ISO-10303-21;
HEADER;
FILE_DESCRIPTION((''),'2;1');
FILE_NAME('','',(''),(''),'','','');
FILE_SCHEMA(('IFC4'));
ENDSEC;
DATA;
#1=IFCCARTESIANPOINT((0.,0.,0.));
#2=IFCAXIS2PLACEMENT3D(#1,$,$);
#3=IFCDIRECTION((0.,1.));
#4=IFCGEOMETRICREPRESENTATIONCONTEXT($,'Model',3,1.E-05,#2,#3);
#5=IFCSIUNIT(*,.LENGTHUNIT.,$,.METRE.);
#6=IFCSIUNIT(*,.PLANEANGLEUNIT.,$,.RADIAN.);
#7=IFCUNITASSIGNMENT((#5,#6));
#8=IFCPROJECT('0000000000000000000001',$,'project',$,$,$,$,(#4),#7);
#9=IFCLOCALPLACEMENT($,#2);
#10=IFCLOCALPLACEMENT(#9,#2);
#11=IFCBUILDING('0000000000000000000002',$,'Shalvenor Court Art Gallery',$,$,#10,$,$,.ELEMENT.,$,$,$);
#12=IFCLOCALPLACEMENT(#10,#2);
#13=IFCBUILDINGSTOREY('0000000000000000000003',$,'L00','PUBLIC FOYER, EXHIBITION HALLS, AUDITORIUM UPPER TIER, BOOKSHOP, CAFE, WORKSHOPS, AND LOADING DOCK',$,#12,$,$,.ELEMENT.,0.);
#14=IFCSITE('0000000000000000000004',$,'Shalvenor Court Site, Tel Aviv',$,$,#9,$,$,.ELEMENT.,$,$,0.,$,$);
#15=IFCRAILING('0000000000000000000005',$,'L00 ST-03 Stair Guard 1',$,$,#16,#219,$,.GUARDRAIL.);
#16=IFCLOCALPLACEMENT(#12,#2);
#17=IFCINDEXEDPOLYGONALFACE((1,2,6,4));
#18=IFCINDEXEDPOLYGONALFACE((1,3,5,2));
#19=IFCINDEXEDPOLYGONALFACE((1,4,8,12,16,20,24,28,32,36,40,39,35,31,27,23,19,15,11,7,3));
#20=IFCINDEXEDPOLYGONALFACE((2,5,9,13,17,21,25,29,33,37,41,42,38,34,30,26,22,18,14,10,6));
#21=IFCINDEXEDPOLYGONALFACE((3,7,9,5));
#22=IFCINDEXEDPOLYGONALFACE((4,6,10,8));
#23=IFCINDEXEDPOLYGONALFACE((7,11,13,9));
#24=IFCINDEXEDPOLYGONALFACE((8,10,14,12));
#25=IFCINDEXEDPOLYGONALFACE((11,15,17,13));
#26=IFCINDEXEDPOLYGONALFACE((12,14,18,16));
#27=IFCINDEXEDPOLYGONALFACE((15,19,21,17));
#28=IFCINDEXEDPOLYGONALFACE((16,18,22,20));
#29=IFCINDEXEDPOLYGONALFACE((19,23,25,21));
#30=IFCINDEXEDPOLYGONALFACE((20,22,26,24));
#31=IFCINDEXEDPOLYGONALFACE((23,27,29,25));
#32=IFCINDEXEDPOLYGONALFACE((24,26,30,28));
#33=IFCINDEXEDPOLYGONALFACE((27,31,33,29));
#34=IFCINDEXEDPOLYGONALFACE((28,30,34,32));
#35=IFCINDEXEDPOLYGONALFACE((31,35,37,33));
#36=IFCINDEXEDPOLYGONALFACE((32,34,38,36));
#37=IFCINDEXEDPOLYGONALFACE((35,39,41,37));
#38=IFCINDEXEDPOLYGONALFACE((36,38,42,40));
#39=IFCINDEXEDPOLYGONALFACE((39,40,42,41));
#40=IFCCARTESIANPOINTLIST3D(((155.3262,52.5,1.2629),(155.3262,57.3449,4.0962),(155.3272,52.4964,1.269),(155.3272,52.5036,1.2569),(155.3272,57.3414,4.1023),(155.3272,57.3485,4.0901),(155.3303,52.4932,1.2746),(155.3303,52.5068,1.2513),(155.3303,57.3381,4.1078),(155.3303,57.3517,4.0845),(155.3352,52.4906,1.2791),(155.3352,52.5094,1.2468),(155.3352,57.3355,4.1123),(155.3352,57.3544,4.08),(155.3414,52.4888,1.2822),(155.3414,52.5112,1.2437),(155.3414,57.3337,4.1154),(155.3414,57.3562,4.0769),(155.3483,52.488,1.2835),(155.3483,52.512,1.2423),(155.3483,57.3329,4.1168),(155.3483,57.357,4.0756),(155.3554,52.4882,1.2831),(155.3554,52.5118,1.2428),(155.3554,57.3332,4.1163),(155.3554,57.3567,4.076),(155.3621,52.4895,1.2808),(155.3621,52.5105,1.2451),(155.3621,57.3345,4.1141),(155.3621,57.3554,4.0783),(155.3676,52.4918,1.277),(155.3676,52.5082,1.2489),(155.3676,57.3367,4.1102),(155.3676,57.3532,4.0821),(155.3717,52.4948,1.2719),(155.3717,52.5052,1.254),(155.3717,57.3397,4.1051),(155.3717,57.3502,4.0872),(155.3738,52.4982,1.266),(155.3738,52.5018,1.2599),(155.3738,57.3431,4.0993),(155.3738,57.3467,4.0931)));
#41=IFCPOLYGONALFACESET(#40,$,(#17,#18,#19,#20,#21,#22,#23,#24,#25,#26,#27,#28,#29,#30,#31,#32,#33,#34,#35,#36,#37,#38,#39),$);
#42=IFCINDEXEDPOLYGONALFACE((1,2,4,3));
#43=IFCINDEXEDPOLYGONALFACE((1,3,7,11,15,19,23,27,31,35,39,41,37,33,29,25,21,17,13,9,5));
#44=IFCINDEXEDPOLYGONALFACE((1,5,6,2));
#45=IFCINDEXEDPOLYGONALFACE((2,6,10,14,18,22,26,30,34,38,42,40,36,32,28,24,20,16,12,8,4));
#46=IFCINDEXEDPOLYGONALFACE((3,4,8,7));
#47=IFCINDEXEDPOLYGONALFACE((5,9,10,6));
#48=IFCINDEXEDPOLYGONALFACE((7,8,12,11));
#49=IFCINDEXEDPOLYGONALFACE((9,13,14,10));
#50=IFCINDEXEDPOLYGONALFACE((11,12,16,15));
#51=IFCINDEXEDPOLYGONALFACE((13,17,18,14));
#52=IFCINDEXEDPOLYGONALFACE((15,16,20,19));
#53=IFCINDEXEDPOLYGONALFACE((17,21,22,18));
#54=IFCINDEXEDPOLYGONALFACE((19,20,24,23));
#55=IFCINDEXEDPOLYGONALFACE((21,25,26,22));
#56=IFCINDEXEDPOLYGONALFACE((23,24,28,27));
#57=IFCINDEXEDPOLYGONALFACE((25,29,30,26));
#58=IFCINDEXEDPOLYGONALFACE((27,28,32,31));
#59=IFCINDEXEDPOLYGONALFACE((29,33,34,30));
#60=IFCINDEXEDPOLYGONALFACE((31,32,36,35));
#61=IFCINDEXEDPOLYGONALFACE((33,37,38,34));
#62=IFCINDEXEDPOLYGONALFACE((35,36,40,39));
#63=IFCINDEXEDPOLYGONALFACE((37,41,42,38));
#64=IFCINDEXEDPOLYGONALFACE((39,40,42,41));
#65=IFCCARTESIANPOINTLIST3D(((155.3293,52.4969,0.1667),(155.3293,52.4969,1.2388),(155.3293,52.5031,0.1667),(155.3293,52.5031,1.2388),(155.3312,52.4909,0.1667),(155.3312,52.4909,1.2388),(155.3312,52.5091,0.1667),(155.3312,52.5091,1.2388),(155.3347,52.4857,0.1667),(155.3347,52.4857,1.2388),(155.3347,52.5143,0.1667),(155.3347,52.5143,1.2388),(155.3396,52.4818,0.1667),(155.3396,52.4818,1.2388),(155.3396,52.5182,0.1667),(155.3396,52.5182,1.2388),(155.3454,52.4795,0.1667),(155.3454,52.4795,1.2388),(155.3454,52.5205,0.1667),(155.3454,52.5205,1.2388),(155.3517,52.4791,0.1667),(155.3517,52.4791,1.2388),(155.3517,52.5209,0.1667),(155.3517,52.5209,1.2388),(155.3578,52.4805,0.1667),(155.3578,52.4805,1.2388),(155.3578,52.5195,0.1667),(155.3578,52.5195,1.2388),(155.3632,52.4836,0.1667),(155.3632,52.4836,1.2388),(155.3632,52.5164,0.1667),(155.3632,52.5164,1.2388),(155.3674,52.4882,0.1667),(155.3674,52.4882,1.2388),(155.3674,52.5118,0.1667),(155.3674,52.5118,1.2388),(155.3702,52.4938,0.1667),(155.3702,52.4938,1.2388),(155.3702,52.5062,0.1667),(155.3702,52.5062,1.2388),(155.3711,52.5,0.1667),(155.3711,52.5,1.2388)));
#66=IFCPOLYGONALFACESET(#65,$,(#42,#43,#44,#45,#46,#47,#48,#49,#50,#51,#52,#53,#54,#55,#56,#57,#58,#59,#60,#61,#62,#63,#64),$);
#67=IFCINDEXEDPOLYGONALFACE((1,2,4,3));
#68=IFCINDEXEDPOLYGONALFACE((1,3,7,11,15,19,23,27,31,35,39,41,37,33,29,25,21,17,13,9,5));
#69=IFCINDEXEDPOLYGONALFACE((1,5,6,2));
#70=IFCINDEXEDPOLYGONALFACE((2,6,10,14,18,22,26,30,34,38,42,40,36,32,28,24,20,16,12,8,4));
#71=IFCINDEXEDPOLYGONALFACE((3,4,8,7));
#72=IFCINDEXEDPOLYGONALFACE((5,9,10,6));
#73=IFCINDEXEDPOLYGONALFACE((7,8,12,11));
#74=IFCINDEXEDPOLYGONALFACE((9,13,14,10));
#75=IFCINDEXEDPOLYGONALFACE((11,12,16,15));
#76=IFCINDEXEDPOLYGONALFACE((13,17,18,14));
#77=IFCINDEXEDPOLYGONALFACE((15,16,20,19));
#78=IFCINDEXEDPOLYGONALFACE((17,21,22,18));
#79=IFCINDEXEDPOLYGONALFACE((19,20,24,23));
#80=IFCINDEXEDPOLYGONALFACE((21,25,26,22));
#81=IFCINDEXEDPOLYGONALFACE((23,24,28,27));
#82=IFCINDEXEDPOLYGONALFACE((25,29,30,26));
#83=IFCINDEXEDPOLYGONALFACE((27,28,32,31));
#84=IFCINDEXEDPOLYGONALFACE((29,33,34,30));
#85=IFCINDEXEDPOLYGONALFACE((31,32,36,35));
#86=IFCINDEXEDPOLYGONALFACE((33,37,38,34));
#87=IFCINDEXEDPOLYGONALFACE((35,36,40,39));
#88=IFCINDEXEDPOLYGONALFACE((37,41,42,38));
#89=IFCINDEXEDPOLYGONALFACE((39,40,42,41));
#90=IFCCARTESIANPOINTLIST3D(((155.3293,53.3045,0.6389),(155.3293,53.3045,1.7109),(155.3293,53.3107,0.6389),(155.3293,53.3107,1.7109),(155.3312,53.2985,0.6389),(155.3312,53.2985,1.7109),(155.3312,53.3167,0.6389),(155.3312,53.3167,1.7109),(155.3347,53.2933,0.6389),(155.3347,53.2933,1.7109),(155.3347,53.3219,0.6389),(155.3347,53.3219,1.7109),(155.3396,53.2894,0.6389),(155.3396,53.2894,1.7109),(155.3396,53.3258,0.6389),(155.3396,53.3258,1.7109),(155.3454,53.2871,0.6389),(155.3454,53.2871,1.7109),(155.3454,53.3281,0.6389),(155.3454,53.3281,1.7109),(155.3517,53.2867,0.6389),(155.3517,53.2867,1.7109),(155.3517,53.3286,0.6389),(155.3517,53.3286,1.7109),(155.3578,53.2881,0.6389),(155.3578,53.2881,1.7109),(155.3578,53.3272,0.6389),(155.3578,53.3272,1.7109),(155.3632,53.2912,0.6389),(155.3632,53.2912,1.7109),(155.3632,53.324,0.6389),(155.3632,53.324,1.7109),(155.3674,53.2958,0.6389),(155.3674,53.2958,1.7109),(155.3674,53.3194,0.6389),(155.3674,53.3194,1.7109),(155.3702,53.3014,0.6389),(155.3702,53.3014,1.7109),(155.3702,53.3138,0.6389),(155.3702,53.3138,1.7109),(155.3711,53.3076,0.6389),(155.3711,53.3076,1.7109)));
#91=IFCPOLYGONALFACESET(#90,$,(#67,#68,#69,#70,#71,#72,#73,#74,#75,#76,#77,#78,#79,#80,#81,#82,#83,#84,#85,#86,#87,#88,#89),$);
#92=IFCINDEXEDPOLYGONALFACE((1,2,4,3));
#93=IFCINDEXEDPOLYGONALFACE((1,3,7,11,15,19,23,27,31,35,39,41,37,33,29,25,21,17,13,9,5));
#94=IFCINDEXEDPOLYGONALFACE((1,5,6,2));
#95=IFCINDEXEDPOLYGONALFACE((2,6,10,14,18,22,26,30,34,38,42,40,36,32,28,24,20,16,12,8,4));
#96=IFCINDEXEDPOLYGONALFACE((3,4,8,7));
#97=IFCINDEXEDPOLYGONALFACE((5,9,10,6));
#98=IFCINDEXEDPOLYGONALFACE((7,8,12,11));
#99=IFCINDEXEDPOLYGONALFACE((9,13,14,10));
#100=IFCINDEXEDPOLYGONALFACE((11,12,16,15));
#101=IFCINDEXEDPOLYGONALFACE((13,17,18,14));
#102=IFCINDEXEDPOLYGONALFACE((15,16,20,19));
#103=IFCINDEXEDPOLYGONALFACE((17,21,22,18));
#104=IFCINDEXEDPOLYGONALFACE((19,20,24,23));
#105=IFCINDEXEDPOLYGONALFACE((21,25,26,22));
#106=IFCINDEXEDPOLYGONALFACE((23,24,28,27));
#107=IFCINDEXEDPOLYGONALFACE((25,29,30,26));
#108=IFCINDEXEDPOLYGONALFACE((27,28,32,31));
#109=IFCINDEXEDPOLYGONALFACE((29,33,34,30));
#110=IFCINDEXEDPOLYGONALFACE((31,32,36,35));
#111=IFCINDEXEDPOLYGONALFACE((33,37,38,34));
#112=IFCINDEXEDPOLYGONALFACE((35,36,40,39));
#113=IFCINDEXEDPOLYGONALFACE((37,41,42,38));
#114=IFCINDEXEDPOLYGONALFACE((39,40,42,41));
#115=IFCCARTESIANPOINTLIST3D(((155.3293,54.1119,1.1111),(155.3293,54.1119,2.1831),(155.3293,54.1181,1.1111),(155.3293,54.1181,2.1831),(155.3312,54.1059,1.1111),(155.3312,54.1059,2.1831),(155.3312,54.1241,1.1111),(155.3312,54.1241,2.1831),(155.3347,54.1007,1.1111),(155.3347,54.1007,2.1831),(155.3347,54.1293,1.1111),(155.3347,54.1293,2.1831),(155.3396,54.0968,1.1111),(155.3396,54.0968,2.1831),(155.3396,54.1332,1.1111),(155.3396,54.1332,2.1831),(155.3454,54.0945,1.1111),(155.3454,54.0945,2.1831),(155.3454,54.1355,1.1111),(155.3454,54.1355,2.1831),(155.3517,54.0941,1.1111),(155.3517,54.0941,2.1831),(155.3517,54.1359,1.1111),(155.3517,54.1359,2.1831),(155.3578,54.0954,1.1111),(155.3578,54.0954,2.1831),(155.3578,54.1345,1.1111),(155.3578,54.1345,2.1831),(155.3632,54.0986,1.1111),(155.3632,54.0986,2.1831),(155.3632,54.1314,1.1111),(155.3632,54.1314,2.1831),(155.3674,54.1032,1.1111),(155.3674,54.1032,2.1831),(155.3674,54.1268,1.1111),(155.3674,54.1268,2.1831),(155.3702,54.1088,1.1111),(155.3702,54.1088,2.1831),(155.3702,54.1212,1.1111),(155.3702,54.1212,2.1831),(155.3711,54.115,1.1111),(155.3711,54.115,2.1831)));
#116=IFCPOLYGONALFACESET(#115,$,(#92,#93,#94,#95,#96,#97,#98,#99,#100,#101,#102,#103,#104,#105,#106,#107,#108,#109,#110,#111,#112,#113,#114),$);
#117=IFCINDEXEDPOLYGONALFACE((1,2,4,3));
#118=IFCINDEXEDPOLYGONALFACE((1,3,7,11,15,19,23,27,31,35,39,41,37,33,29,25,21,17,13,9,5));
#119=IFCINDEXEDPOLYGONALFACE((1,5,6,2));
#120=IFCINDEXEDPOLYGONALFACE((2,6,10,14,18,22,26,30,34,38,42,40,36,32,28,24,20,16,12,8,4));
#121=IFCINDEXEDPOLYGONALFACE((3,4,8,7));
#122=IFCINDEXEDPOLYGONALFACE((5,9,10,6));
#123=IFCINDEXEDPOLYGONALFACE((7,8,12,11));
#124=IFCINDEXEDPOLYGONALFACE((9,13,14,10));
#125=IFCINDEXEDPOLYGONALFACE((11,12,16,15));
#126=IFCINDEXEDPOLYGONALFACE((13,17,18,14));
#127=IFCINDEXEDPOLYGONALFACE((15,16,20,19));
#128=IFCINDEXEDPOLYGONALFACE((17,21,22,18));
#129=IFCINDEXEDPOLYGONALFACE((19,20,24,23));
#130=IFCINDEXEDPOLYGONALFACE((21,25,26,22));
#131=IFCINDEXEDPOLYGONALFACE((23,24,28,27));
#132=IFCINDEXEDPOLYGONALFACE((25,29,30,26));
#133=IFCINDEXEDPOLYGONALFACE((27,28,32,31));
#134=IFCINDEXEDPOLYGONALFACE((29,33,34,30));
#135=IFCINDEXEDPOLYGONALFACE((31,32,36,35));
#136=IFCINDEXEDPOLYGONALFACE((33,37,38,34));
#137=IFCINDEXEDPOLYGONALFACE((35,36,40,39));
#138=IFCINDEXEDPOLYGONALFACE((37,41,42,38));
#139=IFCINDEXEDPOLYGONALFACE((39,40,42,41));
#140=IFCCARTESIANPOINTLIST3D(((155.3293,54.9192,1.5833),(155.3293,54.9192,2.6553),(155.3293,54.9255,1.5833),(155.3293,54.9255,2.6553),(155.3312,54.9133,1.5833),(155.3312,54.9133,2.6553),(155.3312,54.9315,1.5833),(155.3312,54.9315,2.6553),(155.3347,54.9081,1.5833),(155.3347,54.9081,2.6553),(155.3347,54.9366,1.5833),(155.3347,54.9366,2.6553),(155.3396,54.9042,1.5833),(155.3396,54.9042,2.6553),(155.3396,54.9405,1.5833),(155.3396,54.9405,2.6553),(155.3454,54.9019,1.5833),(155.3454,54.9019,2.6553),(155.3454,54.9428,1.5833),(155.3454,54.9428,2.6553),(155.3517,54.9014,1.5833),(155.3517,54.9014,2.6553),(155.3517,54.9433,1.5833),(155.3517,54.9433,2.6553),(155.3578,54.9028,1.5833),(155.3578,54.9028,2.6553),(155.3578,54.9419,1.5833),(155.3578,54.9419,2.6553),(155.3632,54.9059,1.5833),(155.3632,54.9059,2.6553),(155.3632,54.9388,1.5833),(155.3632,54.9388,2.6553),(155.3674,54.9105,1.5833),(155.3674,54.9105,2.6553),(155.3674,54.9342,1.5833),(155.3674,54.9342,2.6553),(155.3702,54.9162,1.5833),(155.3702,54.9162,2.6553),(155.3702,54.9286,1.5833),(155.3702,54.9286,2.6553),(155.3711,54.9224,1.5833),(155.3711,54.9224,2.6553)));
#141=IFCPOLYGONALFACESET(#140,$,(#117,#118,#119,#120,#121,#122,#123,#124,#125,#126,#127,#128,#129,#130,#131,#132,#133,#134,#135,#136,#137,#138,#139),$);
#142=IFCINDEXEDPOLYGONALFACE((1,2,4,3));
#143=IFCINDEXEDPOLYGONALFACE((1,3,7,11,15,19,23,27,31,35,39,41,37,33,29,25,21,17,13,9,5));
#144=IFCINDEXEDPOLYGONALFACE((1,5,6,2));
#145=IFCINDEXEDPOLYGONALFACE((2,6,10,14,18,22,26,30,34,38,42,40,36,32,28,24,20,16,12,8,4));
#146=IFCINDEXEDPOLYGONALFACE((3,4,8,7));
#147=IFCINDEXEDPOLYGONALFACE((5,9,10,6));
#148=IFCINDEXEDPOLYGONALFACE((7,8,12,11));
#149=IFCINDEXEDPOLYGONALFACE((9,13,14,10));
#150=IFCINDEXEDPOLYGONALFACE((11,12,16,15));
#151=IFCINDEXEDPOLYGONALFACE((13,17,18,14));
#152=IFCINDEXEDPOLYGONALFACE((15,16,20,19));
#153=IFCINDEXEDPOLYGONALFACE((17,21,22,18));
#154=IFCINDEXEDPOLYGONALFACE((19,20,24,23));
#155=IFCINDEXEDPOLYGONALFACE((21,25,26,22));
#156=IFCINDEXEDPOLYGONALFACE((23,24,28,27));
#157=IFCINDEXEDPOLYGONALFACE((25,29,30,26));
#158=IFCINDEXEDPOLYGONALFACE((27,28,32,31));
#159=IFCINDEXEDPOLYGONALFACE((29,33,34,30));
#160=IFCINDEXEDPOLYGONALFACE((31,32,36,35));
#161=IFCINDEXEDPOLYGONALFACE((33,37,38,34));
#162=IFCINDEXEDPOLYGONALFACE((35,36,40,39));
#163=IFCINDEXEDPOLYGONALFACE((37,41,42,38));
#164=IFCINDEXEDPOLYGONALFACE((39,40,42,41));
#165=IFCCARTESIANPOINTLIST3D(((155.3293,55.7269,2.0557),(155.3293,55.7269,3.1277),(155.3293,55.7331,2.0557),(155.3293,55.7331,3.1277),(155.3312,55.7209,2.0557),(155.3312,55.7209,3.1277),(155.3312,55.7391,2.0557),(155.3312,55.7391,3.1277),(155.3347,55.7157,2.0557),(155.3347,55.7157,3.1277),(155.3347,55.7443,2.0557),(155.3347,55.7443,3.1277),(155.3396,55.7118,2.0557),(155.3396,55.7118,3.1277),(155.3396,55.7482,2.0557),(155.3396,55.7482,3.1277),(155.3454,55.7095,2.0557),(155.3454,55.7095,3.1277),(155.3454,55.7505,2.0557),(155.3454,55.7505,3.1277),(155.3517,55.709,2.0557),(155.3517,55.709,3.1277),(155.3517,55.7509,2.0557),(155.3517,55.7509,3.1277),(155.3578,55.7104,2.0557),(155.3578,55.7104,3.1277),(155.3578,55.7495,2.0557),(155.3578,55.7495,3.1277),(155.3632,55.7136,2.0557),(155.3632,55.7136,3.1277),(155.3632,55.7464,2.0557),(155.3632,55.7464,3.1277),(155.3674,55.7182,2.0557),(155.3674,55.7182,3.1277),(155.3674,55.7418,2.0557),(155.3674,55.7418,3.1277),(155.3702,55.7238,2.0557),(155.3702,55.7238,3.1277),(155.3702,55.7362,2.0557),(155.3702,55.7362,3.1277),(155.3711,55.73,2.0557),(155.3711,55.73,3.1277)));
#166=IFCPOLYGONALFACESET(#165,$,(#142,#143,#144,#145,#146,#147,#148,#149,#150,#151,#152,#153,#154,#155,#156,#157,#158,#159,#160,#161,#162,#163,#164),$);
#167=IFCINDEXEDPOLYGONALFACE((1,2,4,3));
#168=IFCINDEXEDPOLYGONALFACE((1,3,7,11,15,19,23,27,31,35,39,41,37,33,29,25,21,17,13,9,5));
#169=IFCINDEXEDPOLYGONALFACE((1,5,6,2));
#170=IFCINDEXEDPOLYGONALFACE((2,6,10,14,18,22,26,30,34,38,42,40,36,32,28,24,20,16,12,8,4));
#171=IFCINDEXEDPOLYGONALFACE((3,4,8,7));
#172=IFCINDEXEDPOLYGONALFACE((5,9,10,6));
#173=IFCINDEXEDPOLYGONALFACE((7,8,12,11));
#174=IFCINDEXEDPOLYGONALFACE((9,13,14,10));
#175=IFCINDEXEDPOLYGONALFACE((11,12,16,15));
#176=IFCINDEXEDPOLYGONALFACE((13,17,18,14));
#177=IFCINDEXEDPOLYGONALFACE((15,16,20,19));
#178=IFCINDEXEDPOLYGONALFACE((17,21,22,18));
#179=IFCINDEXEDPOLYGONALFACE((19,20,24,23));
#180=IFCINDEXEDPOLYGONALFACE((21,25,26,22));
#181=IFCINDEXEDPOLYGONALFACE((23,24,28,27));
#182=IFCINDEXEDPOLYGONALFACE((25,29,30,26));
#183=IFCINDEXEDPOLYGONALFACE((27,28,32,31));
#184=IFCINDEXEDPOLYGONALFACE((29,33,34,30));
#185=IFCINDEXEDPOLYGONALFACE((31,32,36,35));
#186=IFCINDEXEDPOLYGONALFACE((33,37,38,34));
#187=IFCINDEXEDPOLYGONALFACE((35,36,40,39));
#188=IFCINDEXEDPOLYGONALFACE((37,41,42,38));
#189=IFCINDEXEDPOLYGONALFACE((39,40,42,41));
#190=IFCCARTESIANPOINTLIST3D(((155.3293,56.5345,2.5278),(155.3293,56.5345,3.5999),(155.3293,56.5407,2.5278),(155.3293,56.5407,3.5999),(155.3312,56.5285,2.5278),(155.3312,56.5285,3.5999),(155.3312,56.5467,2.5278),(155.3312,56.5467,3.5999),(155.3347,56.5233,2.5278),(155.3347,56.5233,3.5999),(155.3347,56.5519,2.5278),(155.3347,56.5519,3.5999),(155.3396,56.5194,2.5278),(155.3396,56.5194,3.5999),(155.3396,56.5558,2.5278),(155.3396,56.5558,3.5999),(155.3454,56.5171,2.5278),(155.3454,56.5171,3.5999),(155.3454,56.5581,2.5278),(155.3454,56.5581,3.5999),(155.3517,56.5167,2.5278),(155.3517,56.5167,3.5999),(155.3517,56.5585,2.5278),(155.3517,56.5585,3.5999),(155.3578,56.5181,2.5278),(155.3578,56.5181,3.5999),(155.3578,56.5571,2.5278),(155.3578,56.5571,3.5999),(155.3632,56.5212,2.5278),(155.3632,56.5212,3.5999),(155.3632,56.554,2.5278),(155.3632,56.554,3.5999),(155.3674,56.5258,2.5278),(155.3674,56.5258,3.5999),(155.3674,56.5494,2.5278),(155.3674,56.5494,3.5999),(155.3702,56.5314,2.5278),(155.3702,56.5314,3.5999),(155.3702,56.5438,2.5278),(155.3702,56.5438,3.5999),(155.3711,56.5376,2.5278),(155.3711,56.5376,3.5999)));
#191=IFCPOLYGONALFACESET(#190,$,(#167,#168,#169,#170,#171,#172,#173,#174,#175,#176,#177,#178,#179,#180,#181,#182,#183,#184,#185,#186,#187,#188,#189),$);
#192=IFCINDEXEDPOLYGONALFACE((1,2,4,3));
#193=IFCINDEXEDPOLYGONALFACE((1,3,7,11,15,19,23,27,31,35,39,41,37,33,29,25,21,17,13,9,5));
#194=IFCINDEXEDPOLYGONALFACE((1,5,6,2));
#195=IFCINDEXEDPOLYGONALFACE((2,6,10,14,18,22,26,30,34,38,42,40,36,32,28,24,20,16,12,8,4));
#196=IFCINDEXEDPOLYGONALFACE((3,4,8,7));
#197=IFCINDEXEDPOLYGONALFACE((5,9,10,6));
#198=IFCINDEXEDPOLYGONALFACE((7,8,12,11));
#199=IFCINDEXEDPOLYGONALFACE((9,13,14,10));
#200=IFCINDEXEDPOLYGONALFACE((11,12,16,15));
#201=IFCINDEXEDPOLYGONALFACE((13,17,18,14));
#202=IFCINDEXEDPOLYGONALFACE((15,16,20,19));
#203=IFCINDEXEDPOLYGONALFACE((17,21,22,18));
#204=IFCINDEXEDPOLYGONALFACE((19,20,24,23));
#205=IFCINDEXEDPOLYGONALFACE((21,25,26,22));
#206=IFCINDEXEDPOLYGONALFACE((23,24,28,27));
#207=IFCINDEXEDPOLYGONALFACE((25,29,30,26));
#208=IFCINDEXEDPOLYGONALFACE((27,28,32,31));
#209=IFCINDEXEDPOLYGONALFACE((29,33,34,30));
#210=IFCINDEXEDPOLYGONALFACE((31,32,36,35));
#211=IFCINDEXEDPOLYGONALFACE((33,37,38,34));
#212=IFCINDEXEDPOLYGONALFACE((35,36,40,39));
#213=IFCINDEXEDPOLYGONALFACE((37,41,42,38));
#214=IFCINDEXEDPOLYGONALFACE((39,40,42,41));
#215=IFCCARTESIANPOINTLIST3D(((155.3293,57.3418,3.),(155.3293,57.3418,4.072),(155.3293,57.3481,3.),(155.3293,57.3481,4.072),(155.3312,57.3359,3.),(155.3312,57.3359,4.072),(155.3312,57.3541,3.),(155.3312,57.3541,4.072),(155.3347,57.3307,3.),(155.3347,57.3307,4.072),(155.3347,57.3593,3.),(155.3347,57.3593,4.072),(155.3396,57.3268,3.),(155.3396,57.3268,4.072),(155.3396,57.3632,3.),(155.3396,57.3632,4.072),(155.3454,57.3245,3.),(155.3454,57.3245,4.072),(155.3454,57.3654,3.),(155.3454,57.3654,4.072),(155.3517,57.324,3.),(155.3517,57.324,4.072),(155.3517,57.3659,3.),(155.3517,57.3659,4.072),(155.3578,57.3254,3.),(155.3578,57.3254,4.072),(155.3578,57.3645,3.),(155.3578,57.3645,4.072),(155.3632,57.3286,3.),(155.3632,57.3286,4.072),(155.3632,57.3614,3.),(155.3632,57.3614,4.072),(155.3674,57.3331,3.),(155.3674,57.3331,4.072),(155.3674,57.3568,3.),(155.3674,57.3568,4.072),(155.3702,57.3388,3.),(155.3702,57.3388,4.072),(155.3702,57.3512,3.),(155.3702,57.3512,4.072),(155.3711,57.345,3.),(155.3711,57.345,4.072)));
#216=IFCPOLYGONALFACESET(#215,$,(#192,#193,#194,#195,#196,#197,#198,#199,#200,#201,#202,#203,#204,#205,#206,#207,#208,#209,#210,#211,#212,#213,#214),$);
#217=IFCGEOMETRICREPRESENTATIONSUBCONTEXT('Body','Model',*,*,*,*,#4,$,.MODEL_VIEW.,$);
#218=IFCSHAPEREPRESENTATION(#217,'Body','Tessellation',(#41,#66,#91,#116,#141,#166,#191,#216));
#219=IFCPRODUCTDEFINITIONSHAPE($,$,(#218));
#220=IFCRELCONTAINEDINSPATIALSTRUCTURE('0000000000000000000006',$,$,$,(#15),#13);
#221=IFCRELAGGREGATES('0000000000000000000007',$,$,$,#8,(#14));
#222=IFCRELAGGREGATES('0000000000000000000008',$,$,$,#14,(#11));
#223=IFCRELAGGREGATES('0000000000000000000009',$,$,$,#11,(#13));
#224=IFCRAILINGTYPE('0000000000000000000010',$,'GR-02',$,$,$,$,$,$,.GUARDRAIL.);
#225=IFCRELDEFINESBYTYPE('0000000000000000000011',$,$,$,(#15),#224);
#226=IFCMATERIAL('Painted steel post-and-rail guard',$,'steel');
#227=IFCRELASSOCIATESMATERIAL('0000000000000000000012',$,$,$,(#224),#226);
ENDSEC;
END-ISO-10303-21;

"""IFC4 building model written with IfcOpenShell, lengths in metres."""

from ifc_helpers import new_model, si_unit, direction, frame, origin, origin_2d, place, context, subcontext, project, spatial, circle, extrude, material, type_object, element, save


model = new_model("IFC4")

# Units and contexts
model_context = context("Model", 3, precision=1e-05, world=origin(), true_north=direction((0.0, 1.0)))
body_context = subcontext(model_context, "Body", "Model", "MODEL_VIEW")
ifc_project = project(units=[si_unit("LENGTHUNIT", "METRE"), si_unit("PLANEANGLEUNIT", "RADIAN")], contexts=[model_context])

# Site, building, storey
site_placement = place(None, origin())
site = spatial("IfcSite", under=ifc_project, at=site_placement, Name="Shalvenor Court Site, Tel Aviv", CompositionType="ELEMENT", RefElevation=0.0)
building_placement = place(site_placement, origin())
building = spatial("IfcBuilding", under=site, at=building_placement, Name="Shalvenor Court Art Gallery", CompositionType="ELEMENT")
storey_placement = place(building_placement, origin())
storey = spatial("IfcBuildingStorey", under=building, at=storey_placement, Name="L00", Description="PUBLIC FOYER, EXHIBITION HALLS, AUDITORIUM UPPER TIER, BOOKSHOP, CAFE, WORKSHOPS, AND LOADING DOCK", CompositionType="ELEMENT", Elevation=0.0)

# Railing
ifc_material_1 = material(Name="Painted steel post-and-rail guard", Category="steel")
railing_type_1 = type_object("IfcRailingType", Name="GR-02", PredefinedType="GUARDRAIL", material=ifc_material_1)
railing_1_placement = place(storey_placement, frame((155.3501, 52.5, 0.1667)))
element("IfcRailing", 1, at=railing_1_placement, inside=storey, type_object=railing_type_1, Name="L00 ST-03 Stair Guard 1", PredefinedType="GUARDRAIL", context=body_context, shape_type="SweptSolid", body=[
    extrude(circle(Radius=0.0239, at=origin_2d()), frame((0.0, 0.0, 1.0962), z_axis=(0.0, 0.863234, 0.504804), x_axis=(-1.0, 0.0, 0.0)), (0.0, 0.0, 1.0), 5.6125),
    extrude(circle(Radius=0.021, at=origin_2d()), origin(), (0.0, 0.0, 1.0), 1.072),
    extrude(circle(Radius=0.021, at=origin_2d()), frame((0.0, 0.8076, 0.4722)), (0.0, 0.0, 1.0), 1.072),
    extrude(circle(Radius=0.021, at=origin_2d()), frame((0.0, 1.615, 0.9443)), (0.0, 0.0, 1.0), 1.072),
    extrude(circle(Radius=0.021, at=origin_2d()), frame((0.0, 2.4224, 1.4165)), (0.0, 0.0, 1.0), 1.072),
    extrude(circle(Radius=0.021, at=origin_2d()), frame((0.0, 3.23, 1.8889)), (0.0, 0.0, 1.0), 1.072),
    extrude(circle(Radius=0.021, at=origin_2d()), frame((0.0, 4.0376, 2.3611)), (0.0, 0.0, 1.0), 1.072),
    extrude(circle(Radius=0.021, at=origin_2d()), frame((0.0, 4.845, 2.8333)), (0.0, 0.0, 1.0), 1.072),
])

save(model, "model.ifc")
